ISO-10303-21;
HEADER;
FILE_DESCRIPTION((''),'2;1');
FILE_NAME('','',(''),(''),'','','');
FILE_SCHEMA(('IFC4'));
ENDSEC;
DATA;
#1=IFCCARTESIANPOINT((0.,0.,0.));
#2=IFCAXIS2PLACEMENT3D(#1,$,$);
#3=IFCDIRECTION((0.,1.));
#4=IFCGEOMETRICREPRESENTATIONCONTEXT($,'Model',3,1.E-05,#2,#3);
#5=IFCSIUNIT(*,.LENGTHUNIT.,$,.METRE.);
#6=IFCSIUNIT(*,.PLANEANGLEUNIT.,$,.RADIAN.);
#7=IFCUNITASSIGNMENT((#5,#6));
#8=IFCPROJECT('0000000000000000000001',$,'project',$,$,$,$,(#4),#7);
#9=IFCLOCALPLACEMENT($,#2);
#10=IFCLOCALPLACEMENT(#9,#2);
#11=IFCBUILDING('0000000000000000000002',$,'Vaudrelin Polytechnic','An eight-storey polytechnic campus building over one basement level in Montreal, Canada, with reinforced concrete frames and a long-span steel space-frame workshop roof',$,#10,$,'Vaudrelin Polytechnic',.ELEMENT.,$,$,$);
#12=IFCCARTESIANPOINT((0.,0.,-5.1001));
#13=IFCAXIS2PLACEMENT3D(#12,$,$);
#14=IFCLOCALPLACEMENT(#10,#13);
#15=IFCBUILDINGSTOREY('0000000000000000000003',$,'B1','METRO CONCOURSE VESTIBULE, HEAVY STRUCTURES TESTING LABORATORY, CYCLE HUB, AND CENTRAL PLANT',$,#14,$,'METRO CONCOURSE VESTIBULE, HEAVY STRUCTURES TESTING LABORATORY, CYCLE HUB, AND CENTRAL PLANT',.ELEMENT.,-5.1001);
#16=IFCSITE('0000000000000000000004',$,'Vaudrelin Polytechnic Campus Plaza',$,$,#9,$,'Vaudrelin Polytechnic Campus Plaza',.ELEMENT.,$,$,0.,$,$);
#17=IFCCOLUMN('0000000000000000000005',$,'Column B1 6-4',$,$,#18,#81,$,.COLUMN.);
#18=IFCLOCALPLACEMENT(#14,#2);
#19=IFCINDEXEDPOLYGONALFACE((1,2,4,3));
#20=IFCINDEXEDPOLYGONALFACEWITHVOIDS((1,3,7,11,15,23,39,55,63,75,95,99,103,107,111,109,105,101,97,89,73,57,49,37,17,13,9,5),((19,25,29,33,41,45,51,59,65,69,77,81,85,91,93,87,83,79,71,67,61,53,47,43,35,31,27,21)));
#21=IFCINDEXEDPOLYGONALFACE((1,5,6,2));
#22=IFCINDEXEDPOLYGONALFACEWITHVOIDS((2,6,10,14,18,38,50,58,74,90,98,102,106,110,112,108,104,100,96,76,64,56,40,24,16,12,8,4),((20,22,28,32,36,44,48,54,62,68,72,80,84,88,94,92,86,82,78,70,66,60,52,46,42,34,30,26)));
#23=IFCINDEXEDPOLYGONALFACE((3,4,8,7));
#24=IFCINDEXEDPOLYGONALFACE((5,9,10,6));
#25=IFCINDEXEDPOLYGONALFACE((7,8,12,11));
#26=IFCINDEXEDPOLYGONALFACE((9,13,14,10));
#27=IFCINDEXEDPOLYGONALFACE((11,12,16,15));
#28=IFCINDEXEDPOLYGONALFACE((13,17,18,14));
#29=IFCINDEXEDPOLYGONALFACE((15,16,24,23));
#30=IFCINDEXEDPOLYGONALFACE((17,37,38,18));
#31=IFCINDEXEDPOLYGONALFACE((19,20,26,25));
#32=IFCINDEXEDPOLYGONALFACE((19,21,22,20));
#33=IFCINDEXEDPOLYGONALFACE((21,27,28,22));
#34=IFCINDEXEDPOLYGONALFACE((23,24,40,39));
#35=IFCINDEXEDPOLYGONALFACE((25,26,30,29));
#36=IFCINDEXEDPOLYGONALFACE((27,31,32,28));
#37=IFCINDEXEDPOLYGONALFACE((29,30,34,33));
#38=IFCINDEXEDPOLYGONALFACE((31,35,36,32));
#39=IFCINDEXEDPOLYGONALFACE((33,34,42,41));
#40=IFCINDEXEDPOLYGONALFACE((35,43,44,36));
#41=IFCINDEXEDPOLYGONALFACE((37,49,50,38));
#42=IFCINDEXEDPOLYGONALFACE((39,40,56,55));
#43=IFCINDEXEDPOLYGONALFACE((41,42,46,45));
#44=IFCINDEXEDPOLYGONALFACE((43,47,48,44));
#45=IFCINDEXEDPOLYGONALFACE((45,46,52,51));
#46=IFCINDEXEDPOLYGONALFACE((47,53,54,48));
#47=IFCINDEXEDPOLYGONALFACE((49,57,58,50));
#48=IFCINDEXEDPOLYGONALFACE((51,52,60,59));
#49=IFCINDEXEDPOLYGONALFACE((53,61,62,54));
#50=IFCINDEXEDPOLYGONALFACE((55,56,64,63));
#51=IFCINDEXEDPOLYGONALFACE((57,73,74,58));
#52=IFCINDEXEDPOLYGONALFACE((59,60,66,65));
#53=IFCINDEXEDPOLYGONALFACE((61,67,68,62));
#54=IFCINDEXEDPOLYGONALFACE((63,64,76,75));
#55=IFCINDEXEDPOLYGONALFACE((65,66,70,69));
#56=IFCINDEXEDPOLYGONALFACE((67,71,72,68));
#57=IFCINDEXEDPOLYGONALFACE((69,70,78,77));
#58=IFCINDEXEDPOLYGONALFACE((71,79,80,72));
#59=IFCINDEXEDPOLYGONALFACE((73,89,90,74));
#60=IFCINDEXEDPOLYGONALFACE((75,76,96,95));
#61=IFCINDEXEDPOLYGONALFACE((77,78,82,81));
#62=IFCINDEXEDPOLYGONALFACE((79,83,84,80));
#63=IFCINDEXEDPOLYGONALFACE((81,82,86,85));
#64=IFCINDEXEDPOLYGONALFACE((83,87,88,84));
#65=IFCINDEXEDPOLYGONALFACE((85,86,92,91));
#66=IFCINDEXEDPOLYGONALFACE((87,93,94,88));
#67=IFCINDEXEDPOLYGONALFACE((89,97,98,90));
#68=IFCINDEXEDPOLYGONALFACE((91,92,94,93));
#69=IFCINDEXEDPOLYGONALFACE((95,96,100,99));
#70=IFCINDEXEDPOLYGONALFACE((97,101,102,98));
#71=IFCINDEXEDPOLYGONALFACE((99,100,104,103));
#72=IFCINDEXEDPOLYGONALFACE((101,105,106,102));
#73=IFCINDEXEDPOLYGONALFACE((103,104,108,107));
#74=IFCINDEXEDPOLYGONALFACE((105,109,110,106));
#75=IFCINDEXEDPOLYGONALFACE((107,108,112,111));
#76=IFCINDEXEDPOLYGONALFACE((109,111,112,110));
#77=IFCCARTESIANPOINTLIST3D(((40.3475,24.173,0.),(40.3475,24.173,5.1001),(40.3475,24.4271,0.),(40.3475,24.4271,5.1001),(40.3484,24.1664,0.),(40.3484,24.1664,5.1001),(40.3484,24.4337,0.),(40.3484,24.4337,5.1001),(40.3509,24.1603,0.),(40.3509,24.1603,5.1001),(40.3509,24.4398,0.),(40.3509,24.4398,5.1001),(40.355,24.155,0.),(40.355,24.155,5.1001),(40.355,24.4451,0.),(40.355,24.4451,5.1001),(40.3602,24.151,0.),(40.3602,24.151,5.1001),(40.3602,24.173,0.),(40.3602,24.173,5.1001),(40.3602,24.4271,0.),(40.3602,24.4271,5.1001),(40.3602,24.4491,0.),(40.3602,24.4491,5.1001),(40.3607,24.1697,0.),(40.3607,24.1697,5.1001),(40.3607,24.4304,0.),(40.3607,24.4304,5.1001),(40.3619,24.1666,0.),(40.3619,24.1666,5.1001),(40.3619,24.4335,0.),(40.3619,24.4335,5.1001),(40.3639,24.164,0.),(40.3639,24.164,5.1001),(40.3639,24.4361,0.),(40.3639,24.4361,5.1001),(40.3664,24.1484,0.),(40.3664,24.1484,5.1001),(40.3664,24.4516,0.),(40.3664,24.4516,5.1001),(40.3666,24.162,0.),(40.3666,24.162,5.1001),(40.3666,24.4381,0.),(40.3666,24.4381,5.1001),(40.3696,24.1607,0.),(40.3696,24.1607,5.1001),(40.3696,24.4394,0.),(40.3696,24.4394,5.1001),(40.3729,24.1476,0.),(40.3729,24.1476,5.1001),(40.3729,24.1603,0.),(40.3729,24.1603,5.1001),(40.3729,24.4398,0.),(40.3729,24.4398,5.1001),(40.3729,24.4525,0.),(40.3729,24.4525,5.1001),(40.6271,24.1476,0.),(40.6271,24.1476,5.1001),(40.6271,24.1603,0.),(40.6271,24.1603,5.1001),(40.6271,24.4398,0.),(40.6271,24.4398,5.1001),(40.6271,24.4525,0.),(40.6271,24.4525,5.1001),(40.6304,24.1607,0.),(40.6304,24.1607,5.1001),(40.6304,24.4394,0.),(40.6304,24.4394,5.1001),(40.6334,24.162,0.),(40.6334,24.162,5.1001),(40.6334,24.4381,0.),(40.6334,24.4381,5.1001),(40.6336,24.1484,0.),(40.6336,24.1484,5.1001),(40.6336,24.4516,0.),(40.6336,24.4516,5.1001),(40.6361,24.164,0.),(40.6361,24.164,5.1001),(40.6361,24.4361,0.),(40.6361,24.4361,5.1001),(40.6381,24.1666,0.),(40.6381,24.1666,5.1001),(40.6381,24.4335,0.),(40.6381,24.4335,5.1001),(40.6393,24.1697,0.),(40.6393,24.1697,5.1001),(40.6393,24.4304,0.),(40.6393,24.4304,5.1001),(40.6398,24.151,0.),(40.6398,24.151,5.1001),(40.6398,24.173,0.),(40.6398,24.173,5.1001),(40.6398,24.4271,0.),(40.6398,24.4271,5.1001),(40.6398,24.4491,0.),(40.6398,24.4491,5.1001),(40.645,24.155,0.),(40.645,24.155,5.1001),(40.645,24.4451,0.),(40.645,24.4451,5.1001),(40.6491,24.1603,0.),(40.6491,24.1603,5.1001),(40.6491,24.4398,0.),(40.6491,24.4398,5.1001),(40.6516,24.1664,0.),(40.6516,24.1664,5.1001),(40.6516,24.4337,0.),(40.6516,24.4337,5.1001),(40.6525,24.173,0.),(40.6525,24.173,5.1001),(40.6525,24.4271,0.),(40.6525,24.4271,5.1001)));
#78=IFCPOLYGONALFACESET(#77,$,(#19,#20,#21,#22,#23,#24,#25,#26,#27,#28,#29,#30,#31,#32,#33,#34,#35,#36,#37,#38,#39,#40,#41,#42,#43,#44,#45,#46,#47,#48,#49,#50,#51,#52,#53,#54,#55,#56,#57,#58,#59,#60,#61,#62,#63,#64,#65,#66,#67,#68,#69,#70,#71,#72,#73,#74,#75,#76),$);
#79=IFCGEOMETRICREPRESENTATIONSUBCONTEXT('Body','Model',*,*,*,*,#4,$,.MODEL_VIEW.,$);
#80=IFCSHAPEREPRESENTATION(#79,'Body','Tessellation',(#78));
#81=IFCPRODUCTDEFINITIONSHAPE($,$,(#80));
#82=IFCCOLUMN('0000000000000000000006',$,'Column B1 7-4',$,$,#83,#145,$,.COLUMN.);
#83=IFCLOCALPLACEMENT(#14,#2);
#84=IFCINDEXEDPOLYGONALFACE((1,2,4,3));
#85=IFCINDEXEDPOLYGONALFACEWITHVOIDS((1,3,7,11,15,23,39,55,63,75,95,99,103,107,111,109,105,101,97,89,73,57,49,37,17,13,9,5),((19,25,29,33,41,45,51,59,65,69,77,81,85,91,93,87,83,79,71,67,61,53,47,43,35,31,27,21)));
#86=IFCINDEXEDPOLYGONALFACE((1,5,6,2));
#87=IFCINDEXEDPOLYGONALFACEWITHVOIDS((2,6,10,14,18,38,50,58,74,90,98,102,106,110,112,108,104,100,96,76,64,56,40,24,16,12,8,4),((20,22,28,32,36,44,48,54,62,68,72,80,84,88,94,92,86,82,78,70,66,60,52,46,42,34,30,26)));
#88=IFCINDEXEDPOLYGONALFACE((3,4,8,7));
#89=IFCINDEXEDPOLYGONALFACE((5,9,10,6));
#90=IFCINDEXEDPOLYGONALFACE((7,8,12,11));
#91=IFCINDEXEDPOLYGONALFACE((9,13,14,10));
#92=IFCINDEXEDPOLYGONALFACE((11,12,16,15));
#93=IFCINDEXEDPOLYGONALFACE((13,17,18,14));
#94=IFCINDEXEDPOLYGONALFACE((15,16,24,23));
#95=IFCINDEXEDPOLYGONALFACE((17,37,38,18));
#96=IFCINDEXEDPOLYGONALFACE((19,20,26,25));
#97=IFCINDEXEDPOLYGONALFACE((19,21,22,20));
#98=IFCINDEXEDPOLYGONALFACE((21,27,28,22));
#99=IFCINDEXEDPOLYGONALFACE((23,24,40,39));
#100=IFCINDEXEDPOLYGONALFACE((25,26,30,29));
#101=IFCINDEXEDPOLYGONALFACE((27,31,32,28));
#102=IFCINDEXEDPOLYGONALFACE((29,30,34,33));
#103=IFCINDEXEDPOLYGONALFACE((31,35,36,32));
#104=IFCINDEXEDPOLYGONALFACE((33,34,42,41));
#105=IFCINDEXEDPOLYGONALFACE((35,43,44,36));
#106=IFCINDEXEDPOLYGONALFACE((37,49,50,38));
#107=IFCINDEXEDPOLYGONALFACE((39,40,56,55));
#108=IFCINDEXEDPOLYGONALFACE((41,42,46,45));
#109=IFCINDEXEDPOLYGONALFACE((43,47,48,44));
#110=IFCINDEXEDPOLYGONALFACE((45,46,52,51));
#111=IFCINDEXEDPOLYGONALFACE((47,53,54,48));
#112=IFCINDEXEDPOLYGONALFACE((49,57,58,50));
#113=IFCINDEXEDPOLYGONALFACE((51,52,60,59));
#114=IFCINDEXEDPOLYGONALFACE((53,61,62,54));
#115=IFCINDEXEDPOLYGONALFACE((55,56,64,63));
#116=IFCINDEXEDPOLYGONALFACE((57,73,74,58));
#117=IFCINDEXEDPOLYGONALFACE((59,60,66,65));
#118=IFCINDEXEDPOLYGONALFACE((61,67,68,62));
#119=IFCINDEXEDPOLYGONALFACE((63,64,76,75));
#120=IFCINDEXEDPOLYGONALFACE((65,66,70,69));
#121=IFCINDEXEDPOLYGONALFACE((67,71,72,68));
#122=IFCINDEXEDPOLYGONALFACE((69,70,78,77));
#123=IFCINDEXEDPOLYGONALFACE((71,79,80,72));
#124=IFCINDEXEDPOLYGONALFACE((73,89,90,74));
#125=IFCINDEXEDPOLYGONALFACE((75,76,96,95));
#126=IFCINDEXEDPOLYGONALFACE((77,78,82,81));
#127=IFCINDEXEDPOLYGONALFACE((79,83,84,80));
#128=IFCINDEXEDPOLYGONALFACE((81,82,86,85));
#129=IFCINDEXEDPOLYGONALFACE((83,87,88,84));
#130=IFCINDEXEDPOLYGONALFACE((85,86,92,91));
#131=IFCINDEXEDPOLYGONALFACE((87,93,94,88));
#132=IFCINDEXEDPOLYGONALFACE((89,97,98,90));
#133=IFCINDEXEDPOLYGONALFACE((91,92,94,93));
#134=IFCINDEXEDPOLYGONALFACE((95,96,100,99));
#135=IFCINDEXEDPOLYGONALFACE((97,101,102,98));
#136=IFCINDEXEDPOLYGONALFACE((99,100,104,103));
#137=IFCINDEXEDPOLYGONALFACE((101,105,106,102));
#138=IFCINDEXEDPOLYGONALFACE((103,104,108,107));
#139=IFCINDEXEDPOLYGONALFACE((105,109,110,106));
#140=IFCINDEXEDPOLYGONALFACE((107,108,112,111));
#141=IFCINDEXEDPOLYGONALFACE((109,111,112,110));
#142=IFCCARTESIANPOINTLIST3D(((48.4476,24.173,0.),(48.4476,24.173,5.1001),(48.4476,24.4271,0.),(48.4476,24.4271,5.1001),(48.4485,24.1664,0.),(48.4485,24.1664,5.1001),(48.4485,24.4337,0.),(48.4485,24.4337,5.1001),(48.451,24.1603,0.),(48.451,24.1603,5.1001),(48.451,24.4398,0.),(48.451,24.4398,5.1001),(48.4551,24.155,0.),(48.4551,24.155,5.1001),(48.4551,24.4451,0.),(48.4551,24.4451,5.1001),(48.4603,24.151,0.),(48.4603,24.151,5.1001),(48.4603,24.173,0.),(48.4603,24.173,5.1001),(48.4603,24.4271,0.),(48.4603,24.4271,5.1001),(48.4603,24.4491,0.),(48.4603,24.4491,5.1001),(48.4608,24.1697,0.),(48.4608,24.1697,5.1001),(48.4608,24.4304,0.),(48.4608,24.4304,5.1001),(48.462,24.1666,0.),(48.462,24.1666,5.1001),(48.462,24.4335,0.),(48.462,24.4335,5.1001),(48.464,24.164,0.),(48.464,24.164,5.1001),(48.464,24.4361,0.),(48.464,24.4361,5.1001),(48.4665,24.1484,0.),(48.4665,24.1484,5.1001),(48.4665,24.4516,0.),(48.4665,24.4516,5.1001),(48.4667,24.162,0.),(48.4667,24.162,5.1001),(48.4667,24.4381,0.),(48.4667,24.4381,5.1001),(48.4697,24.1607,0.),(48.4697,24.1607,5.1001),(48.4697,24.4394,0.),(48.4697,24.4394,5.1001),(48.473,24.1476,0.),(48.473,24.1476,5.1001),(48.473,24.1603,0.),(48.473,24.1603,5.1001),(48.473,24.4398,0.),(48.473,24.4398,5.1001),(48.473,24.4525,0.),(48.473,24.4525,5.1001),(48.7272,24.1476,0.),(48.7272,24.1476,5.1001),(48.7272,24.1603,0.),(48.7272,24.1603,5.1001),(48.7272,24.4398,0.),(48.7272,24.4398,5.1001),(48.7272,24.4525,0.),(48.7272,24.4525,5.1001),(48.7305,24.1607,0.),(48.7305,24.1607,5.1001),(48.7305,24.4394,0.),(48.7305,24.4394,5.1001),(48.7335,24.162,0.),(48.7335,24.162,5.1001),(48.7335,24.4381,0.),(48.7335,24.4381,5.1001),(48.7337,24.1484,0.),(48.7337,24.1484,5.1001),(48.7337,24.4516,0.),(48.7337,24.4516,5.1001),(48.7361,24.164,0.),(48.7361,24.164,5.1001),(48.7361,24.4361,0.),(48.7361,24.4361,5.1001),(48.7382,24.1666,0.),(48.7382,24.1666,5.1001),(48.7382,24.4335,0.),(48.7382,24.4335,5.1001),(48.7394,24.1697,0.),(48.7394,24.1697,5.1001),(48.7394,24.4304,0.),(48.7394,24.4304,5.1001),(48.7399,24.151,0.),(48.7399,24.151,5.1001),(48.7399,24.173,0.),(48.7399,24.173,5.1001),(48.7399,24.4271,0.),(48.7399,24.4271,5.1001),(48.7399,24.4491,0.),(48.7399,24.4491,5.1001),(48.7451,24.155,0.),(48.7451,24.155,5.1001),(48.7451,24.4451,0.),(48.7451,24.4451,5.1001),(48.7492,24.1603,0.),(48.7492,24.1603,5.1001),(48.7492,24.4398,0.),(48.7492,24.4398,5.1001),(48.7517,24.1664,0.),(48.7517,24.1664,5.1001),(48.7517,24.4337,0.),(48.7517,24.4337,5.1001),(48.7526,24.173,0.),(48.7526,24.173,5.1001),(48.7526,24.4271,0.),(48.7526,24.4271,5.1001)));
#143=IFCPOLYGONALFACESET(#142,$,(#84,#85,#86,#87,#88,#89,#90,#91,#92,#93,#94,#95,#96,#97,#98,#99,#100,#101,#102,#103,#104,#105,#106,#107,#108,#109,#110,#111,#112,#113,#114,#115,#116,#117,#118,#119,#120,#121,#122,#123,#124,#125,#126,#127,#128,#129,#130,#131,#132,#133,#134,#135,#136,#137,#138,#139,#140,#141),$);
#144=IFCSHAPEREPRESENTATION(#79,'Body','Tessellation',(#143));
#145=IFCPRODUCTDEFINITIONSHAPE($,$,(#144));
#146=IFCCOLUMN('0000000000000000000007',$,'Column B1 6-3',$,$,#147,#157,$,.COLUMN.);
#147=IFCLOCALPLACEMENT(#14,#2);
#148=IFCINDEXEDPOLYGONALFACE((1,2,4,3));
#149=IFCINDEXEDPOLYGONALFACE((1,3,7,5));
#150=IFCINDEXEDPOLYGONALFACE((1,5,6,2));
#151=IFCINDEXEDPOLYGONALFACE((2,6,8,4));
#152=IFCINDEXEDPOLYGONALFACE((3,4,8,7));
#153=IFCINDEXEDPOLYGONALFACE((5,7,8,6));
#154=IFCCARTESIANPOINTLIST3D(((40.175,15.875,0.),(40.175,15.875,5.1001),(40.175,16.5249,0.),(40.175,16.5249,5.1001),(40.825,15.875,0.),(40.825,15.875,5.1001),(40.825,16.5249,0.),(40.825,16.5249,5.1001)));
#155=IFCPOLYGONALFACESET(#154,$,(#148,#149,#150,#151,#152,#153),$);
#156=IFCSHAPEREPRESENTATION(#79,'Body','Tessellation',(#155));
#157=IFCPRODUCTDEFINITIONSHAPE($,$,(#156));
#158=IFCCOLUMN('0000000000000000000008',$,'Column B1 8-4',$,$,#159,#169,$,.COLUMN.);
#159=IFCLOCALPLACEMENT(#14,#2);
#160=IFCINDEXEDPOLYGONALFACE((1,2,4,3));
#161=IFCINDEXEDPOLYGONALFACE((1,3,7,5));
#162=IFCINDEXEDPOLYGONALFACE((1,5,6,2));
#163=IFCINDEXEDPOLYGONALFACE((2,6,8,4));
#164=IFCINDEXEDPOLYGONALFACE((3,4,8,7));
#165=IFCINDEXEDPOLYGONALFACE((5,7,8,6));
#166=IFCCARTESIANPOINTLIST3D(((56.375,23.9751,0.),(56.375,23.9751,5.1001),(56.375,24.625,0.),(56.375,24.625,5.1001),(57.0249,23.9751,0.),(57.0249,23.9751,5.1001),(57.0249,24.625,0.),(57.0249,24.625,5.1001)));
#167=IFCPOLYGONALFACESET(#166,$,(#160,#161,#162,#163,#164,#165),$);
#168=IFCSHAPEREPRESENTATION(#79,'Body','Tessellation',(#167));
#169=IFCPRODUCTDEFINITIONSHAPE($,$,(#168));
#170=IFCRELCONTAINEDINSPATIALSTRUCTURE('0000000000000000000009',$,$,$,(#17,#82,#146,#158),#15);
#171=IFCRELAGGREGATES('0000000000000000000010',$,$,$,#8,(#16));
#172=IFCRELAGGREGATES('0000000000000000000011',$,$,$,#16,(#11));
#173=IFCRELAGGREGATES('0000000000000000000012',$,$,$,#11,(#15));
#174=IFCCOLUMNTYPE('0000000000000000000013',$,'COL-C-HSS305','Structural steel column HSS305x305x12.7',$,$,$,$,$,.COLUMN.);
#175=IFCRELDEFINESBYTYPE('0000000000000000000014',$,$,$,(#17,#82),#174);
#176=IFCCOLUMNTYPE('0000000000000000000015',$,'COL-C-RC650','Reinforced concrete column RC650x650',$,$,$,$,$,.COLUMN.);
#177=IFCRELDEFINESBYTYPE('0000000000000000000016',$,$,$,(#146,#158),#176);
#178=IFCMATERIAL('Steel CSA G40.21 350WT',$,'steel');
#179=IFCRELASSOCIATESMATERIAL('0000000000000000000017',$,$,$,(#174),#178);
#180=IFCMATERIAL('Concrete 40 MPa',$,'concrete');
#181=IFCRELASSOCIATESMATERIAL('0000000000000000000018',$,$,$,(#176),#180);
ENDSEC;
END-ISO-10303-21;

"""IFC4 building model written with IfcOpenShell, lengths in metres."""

from ifc_helpers import new_model, si_unit, direction, frame, origin, origin_2d, place, context, subcontext, project, spatial, rectangle, hollow_rectangle, extrude, material, material_profile, profile_set, type_object, element, save


model = new_model("IFC4")

# Units and contexts
model_context = context("Model", 3, precision=1e-05, world=origin(), true_north=direction((0.0, 1.0)))
body_context = subcontext(model_context, "Body", "Model", "MODEL_VIEW")
ifc_project = project(units=[si_unit("LENGTHUNIT", "METRE"), si_unit("PLANEANGLEUNIT", "RADIAN")], contexts=[model_context])

# Site, building, storey
site_placement = place(None, origin())
site = spatial("IfcSite", under=ifc_project, at=site_placement, Name="Vaudrelin Polytechnic Campus Plaza", LongName="Vaudrelin Polytechnic Campus Plaza", CompositionType="ELEMENT", RefElevation=0.0)
building_placement = place(site_placement, origin())
building = spatial("IfcBuilding", under=site, at=building_placement, Name="Vaudrelin Polytechnic", Description="An eight-storey polytechnic campus building over one basement level in Montreal, Canada, with reinforced concrete frames and a long-span steel space-frame workshop roof", LongName="Vaudrelin Polytechnic", CompositionType="ELEMENT")
storey_placement = place(building_placement, frame((0.0, 0.0, -5.1001)))
storey = spatial("IfcBuildingStorey", under=building, at=storey_placement, Name="B1", Description="METRO CONCOURSE VESTIBULE, HEAVY STRUCTURES TESTING LABORATORY, CYCLE HUB, AND CENTRAL PLANT", LongName="METRO CONCOURSE VESTIBULE, HEAVY STRUCTURES TESTING LABORATORY, CYCLE HUB, AND CENTRAL PLANT", CompositionType="ELEMENT", Elevation=-5.1001)

# Shared definitions
ifc_material_1 = material(Name="Concrete 40 MPa", Category="concrete")

# Columns
ifc_material_2 = material(Name="Steel CSA G40.21 350WT", Category="steel")
ifc_material_profile_1 = material_profile(ifc_material_2, hollow_rectangle(XDim=0.3049, YDim=0.3049, WallThickness=0.0127, InnerFilletRadius=0.0127, OuterFilletRadius=0.0254, at=origin_2d()), Name="HSS305x305x12.7")
ifc_profile_set_1 = profile_set([ifc_material_profile_1], Name="Steel CSA G40.21 350WT")
column_type_1 = type_object("IfcColumnType", Name="COL-C-HSS305", Description="Structural steel column HSS305x305x12.7", PredefinedType="COLUMN", material=ifc_profile_set_1)
for number, where, z_axis, x_axis, name in (
    (1, (40.5, 24.3, 0.0), (0.0, 0.0, 1.0), (1.0, 0.0, 0.0), "Column B1 6-4"),
    (2, (48.6001, 24.3, 0.0), (0.0, 0.0, 1.0), (1.0, 0.0, 0.0), "Column B1 7-4"),
):
    element("IfcColumn", number, at=place(storey_placement, frame(where, z_axis=z_axis, x_axis=x_axis)), inside=storey, type_object=column_type_1, Name=name, PredefinedType="COLUMN", context=body_context, shape_type="SweptSolid", body=[
        extrude(hollow_rectangle(XDim=0.3049, YDim=0.3049, WallThickness=0.0127, InnerFilletRadius=0.0127, OuterFilletRadius=0.0254, at=origin_2d()), origin(), (0.0, 0.0, 1.0), 5.1001),
    ])
ifc_material_profile_2 = material_profile(ifc_material_1, rectangle(XDim=0.6499, YDim=0.6499, at=origin_2d()), Name="RC650x650")
ifc_profile_set_2 = profile_set([ifc_material_profile_2], Name="Concrete 40 MPa")
column_type_2 = type_object("IfcColumnType", Name="COL-C-RC650", Description="Reinforced concrete column RC650x650", PredefinedType="COLUMN", material=ifc_profile_set_2)
for number, where, z_axis, x_axis, name in (
    (3, (40.5, 16.2, 0.0), (0.0, 0.0, 1.0), (1.0, 0.0, 0.0), "Column B1 6-3"),
    (4, (56.7, 24.3, 0.0), (0.0, 0.0, 1.0), (1.0, 0.0, 0.0), "Column B1 8-4"),
):
    element("IfcColumn", number, at=place(storey_placement, frame(where, z_axis=z_axis, x_axis=x_axis)), inside=storey, type_object=column_type_2, Name=name, PredefinedType="COLUMN", context=body_context, shape_type="SweptSolid", body=[
        extrude(rectangle(XDim=0.6499, YDim=0.6499, at=origin_2d()), origin(), (0.0, 0.0, 1.0), 5.1001),
    ])

save(model, "model.ifc")
